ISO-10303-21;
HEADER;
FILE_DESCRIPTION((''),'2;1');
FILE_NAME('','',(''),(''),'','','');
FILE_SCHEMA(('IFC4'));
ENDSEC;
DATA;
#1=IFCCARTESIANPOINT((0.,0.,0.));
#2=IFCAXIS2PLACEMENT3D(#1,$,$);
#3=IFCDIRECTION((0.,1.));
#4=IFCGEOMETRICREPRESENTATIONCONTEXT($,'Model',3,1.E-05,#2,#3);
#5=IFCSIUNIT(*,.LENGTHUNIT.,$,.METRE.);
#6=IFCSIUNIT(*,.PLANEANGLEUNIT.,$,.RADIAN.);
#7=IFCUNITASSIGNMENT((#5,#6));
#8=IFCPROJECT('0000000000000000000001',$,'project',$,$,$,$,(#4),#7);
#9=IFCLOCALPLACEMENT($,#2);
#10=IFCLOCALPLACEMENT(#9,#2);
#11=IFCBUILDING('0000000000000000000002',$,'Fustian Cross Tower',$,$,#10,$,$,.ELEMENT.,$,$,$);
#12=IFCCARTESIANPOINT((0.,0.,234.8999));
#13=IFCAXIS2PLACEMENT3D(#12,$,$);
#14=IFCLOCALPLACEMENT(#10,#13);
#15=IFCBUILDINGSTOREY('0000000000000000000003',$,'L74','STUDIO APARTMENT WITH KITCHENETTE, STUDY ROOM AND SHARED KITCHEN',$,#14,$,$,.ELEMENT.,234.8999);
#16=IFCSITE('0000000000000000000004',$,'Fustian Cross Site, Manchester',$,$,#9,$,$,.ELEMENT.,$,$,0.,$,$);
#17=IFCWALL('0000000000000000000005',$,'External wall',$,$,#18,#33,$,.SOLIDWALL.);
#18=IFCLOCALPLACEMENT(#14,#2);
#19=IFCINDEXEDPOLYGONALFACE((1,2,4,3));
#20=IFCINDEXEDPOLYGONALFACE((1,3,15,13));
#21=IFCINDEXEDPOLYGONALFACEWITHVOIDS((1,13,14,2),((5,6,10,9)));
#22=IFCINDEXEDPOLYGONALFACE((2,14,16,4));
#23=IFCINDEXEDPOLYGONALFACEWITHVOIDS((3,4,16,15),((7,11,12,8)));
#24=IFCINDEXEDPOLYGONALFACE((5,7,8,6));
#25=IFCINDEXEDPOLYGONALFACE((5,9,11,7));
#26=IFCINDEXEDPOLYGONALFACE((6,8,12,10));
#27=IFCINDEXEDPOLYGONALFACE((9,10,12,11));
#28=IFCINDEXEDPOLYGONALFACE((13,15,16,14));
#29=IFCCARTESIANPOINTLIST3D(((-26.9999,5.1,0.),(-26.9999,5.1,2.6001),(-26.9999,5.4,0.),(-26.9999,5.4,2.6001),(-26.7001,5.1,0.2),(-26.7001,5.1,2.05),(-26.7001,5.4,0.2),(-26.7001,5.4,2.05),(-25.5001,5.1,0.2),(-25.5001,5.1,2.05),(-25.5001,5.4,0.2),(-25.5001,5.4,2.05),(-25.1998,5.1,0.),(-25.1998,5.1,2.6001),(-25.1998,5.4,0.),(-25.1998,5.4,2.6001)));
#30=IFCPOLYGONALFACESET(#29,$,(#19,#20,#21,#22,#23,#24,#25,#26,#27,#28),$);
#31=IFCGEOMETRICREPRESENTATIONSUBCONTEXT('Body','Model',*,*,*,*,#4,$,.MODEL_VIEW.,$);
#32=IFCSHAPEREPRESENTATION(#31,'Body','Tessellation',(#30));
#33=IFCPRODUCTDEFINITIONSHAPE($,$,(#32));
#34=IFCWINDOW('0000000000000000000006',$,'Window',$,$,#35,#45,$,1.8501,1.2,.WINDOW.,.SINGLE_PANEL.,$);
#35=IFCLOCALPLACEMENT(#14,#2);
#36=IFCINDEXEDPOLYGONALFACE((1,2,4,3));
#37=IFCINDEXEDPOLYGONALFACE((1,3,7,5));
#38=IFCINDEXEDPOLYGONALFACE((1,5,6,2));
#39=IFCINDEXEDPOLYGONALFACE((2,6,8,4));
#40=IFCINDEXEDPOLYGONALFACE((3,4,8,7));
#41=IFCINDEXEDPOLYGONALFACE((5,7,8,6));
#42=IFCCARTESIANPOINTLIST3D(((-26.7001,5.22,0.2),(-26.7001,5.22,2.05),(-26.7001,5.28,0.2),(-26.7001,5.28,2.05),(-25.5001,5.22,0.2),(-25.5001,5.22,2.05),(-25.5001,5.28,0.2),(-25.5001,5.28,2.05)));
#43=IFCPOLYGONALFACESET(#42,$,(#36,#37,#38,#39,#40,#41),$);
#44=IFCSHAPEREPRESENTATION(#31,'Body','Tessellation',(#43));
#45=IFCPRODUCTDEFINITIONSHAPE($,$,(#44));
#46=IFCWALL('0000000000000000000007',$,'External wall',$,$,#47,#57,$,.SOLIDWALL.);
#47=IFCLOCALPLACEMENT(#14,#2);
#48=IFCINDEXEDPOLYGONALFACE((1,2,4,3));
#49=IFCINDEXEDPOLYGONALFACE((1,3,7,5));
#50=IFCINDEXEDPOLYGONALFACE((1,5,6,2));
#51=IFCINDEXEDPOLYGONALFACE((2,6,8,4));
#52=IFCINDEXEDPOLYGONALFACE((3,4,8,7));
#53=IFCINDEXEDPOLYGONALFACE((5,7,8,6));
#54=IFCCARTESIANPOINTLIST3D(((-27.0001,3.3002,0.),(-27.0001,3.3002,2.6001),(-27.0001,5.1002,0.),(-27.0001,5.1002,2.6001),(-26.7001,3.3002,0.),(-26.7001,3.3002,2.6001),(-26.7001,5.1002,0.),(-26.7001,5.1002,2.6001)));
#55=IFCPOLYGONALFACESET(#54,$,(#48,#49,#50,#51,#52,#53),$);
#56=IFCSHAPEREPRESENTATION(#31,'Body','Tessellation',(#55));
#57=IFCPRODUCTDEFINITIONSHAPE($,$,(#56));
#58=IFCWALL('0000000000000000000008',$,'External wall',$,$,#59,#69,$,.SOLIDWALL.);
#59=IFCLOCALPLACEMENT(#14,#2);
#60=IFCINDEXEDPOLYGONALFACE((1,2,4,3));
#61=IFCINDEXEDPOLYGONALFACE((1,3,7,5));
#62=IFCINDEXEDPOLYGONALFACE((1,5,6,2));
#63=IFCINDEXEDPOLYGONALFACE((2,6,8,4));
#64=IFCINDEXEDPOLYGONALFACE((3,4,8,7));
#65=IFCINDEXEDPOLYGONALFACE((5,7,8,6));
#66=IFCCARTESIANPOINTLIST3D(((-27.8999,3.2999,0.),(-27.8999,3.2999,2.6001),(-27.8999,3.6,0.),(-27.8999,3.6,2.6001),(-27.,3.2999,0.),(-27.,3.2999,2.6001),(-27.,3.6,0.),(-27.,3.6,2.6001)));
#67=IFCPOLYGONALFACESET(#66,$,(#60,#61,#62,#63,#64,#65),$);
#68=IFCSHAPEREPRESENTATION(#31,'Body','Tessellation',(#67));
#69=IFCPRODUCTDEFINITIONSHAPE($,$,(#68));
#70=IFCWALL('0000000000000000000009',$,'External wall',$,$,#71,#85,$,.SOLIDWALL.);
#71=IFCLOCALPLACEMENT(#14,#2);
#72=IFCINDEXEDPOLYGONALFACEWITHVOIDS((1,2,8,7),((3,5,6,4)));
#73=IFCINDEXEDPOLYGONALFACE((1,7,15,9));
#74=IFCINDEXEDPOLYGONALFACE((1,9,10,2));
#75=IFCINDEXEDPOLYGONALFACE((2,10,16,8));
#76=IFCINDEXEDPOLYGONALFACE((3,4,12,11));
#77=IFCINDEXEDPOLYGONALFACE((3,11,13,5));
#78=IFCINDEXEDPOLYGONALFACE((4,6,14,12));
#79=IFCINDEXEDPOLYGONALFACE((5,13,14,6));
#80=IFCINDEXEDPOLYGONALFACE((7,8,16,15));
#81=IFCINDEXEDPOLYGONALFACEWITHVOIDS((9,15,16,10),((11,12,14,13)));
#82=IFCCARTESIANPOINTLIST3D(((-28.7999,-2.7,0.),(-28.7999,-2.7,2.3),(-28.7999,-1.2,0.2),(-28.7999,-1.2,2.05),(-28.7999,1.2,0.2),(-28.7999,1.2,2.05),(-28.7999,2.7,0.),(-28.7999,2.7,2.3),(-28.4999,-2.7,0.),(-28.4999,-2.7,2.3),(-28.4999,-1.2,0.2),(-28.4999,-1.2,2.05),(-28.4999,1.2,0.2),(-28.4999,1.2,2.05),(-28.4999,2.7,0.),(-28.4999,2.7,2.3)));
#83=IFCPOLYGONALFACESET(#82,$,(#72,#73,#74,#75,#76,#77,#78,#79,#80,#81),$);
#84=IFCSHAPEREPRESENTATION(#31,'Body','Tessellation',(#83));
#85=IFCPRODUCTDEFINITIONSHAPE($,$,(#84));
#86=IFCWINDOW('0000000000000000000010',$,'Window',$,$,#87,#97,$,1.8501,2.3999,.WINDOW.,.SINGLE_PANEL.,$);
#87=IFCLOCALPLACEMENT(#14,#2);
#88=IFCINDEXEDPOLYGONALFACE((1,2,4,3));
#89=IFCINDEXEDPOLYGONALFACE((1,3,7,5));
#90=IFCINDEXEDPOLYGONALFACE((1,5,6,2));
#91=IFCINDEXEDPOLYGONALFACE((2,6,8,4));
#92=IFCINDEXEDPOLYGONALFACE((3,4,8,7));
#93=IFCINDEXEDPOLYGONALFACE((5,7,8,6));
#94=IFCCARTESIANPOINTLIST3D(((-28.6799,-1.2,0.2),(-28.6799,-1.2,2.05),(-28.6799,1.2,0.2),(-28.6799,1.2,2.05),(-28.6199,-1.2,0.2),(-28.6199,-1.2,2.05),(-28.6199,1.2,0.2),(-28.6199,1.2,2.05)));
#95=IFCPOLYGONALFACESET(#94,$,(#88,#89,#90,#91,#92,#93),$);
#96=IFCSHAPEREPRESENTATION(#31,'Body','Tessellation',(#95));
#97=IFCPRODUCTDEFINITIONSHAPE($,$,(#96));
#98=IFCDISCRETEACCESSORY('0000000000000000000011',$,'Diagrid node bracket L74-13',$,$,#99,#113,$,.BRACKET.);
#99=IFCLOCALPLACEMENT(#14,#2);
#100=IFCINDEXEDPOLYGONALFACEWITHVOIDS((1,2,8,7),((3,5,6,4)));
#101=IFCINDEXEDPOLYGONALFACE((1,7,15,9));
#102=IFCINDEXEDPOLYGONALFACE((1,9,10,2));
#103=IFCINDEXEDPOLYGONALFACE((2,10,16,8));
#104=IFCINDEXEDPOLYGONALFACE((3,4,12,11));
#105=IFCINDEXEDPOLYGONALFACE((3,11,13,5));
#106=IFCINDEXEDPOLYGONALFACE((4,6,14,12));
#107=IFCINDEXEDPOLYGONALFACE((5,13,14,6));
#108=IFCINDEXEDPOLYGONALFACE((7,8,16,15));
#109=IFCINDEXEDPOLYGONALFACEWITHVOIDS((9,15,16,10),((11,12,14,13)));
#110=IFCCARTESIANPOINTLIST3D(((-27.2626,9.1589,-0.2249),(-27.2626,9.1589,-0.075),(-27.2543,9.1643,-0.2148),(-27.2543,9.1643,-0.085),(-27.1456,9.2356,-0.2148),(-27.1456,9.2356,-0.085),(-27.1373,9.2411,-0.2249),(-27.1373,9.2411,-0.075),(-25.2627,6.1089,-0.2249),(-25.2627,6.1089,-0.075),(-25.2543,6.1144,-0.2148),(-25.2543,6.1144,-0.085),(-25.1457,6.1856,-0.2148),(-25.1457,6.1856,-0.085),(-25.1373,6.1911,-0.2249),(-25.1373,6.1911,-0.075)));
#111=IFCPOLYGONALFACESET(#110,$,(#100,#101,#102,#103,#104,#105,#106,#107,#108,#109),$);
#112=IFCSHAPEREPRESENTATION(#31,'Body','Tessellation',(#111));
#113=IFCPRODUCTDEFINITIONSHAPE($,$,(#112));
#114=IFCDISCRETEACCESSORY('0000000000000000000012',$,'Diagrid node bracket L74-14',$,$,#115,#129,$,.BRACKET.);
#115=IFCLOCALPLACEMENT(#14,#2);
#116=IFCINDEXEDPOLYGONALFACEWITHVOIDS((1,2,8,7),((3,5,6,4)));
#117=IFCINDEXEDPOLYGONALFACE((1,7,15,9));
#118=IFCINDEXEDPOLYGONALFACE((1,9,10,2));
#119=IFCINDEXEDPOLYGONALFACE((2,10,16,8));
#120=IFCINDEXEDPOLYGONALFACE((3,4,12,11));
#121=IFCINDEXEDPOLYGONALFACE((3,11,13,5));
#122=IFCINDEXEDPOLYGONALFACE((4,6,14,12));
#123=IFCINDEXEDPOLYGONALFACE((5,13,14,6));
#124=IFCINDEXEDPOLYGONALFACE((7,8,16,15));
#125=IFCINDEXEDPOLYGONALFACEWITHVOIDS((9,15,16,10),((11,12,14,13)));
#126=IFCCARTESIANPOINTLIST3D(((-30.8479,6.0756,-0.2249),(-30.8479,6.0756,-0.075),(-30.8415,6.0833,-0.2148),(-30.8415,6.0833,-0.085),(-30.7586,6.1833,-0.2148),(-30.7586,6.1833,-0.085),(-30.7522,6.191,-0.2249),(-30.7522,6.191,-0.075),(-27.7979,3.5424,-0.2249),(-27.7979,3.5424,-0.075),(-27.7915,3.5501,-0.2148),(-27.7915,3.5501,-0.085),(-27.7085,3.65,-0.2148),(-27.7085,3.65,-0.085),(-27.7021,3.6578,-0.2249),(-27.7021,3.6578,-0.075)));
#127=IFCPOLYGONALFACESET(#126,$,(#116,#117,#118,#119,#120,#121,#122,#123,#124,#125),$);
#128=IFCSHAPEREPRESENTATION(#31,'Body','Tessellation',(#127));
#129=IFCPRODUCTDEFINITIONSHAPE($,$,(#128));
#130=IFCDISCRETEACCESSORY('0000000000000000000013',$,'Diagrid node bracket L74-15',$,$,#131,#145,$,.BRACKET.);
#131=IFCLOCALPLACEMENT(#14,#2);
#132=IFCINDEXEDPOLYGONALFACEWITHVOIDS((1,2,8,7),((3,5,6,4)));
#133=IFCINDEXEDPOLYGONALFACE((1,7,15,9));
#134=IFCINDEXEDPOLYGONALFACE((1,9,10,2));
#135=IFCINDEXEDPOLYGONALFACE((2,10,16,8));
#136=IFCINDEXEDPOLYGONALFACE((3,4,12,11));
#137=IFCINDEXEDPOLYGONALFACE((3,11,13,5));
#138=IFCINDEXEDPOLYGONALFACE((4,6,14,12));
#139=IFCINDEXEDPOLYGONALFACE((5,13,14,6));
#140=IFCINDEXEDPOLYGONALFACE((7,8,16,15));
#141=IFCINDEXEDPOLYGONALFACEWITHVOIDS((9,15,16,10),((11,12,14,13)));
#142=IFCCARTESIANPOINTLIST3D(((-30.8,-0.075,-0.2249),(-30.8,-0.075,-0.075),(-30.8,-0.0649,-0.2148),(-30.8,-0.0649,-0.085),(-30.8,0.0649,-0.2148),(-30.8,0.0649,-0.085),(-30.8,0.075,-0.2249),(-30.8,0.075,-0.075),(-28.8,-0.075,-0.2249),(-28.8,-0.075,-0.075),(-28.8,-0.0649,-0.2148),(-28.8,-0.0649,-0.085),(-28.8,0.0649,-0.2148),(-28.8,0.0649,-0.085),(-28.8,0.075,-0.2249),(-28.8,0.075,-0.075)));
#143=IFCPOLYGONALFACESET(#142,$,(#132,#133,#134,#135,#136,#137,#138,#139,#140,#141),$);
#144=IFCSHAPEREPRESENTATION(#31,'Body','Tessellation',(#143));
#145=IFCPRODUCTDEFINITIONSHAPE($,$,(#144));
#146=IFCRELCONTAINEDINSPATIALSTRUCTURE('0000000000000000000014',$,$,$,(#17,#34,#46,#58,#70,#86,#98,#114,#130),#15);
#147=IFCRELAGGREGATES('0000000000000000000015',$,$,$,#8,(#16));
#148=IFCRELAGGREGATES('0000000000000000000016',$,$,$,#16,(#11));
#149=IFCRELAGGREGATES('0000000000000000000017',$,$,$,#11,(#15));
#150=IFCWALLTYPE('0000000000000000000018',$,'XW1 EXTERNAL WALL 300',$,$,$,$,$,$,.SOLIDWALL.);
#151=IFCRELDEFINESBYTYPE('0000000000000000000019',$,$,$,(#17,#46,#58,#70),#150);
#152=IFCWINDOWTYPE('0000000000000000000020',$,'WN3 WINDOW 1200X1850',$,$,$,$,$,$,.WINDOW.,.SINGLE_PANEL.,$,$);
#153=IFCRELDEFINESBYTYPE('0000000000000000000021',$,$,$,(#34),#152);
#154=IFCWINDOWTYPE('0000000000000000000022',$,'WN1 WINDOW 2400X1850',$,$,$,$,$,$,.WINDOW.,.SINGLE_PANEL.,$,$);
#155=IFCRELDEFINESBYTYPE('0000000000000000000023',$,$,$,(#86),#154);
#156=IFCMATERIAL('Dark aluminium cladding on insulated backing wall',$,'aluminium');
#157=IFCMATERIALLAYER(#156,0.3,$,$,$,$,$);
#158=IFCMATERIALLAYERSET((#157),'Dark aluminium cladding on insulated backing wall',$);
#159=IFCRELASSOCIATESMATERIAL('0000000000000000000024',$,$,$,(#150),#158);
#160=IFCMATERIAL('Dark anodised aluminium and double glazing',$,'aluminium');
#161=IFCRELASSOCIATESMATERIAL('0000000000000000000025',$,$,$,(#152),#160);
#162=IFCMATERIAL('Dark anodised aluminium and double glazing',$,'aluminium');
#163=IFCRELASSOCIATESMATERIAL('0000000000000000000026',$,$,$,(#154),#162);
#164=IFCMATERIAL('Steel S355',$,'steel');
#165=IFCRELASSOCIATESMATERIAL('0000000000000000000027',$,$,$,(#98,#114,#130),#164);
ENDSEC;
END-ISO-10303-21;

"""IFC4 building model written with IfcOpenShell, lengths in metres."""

from ifc_helpers import new_model, si_unit, direction, frame, frame_2d, origin, origin_2d, place, context, subcontext, project, spatial, rectangle, hollow_rectangle, extrude, material, layer, layer_set, type_object, element, fill, save


model = new_model("IFC4")

# Units and contexts
model_context = context("Model", 3, precision=1e-05, world=origin(), true_north=direction((0.0, 1.0)))
body_context = subcontext(model_context, "Body", "Model", "MODEL_VIEW")
ifc_project = project(units=[si_unit("LENGTHUNIT", "METRE"), si_unit("PLANEANGLEUNIT", "RADIAN")], contexts=[model_context])

# Site, building, storey
site_placement = place(None, origin())
site = spatial("IfcSite", under=ifc_project, at=site_placement, Name="Fustian Cross Site, Manchester", CompositionType="ELEMENT", RefElevation=0.0)
building_placement = place(site_placement, origin())
building = spatial("IfcBuilding", under=site, at=building_placement, Name="Fustian Cross Tower", CompositionType="ELEMENT")
storey_placement = place(building_placement, frame((0.0, 0.0, 234.8999)))
storey = spatial("IfcBuildingStorey", under=building, at=storey_placement, Name="L74", Description="STUDIO APARTMENT WITH KITCHENETTE, STUDY ROOM AND SHARED KITCHEN", CompositionType="ELEMENT", Elevation=234.8999)

# Shared definitions
ifc_material_1 = material(Name="Dark aluminium cladding on insulated backing wall", Category="aluminium")
ifc_layer_1 = layer(ifc_material_1, 0.3)
ifc_layer_set_1 = layer_set([ifc_layer_1], Name="Dark aluminium cladding on insulated backing wall")
wall_type_1 = type_object("IfcWallType", Name="XW1 EXTERNAL WALL 300", PredefinedType="SOLIDWALL", material=ifc_layer_set_1)

# Wall, opening, window
wall_1_placement = place(storey_placement, frame((-25.2, 5.25, 0.0), z_axis=(0.0, 0.0, 1.0), x_axis=(-1.0, 0.0, 0.0)))
wall_1 = element("IfcWall", 1, at=wall_1_placement, inside=storey, type_object=wall_type_1, Name="External wall", PredefinedType="SOLIDWALL", context=body_context, shape_type="SweptSolid", body=[
    extrude(rectangle(XDim=1.8, YDim=0.3, at=frame_2d((0.8999, 0.0))), origin(), (0.0, 0.0, 1.0), 2.6001),
])
opening_1_placement = place(wall_1_placement, frame((0.3, 0.0, 0.2)))
opening_1 = element("IfcOpeningElement", 2, at=opening_1_placement, cuts=wall_1, PredefinedType="OPENING", context=body_context, shape_type="SweptSolid", body=[
    extrude(rectangle(XDim=1.2, YDim=1.8501, at=frame_2d((0.6001, 0.925))), frame((0.0, 0.1599, 0.0), z_axis=(0.0, -1.0, 0.0), x_axis=(1.0, 0.0, 0.0)), (0.0, 0.0, 1.0), 0.3201),
])
ifc_material_2 = material(Name="Dark anodised aluminium and double glazing", Category="aluminium")
window_type_1 = type_object("IfcWindowType", Name="WN3 WINDOW 1200X1850", PartitioningType="SINGLE_PANEL", PredefinedType="WINDOW", material=ifc_material_2)
window_1_placement = place(opening_1_placement, origin())
window_1 = element("IfcWindow", 3, at=window_1_placement, inside=storey, type_object=window_type_1, Name="Window", OverallHeight=1.8501, OverallWidth=1.2, PartitioningType="SINGLE_PANEL", PredefinedType="WINDOW", context=body_context, shape_type="SweptSolid", body=[
    extrude(rectangle(XDim=1.2, YDim=1.8501, at=frame_2d((0.6001, 0.925))), frame((0.0, 0.03, 0.0), z_axis=(0.0, -1.0, 0.0), x_axis=(1.0, 0.0, 0.0)), (0.0, 0.0, 1.0), 0.0601),
])
fill(opening_1, window_1)

# Walls
wall_2_placement = place(storey_placement, frame((-26.8501, 5.1001, 0.0), z_axis=(0.0, 0.0, 1.0), x_axis=(0.0, -1.0, 0.0)))
element("IfcWall", 4, at=wall_2_placement, inside=storey, type_object=wall_type_1, Name="External wall", PredefinedType="SOLIDWALL", context=body_context, shape_type="SweptSolid", body=[
    extrude(rectangle(XDim=1.8, YDim=0.3, at=frame_2d((0.8999, 0.0))), origin(), (0.0, 0.0, 1.0), 2.6001),
])
wall_3_placement = place(storey_placement, frame((-27.0, 3.45, 0.0), z_axis=(0.0, 0.0, 1.0), x_axis=(-1.0, 0.0, 0.0)))
element("IfcWall", 5, at=wall_3_placement, inside=storey, type_object=wall_type_1, Name="External wall", PredefinedType="SOLIDWALL", context=body_context, shape_type="SweptSolid", body=[
    extrude(rectangle(XDim=0.8999, YDim=0.3, at=frame_2d((0.45, 0.0))), origin(), (0.0, 0.0, 1.0), 2.6001),
])

# Wall, opening, window
wall_4_placement = place(storey_placement, frame((-28.6499, 2.7, 0.0), z_axis=(0.0, 0.0, 1.0), x_axis=(0.0, -1.0, 0.0)))
wall_4 = element("IfcWall", 6, at=wall_4_placement, inside=storey, type_object=wall_type_1, Name="External wall", PredefinedType="SOLIDWALL", context=body_context, shape_type="SweptSolid", body=[
    extrude(rectangle(XDim=5.3999, YDim=0.3, at=frame_2d((2.7, 0.0))), origin(), (0.0, 0.0, 1.0), 2.3),
])
opening_2_placement = place(wall_4_placement, frame((1.5, 0.0, 0.2)))
opening_2 = element("IfcOpeningElement", 7, at=opening_2_placement, cuts=wall_4, PredefinedType="OPENING", context=body_context, shape_type="SweptSolid", body=[
    extrude(rectangle(XDim=2.3999, YDim=1.8501, at=frame_2d((1.2, 0.925))), frame((0.0, 0.1599, 0.0), z_axis=(0.0, -1.0, 0.0), x_axis=(1.0, 0.0, 0.0)), (0.0, 0.0, 1.0), 0.3201),
])
ifc_material_3 = material(Name="Dark anodised aluminium and double glazing", Category="aluminium")
window_type_2 = type_object("IfcWindowType", Name="WN1 WINDOW 2400X1850", PartitioningType="SINGLE_PANEL", PredefinedType="WINDOW", material=ifc_material_3)
window_2_placement = place(opening_2_placement, origin())
window_2 = element("IfcWindow", 8, at=window_2_placement, inside=storey, type_object=window_type_2, Name="Window", OverallHeight=1.8501, OverallWidth=2.3999, PartitioningType="SINGLE_PANEL", PredefinedType="WINDOW", context=body_context, shape_type="SweptSolid", body=[
    extrude(rectangle(XDim=2.3999, YDim=1.8501, at=frame_2d((1.2, 0.925))), frame((0.0, 0.03, 0.0), z_axis=(0.0, -1.0, 0.0), x_axis=(1.0, 0.0, 0.0)), (0.0, 0.0, 1.0), 0.0601),
])
fill(opening_2, window_2)

# Discrete accessories
ifc_material_4 = material(Name="Steel S355", Category="steel")
discrete_accessory_1_placement = place(storey_placement, frame((-27.2, 9.2, -0.1499), z_axis=(0.548351, -0.836248, 0.0), x_axis=(0.836248, 0.548351, 0.0)))
element("IfcDiscreteAccessory", 9, at=discrete_accessory_1_placement, inside=storey, material=ifc_material_4, Name="Diagrid node bracket L74-13", PredefinedType="BRACKET", context=body_context, shape_type="SweptSolid", body=[
    extrude(hollow_rectangle(XDim=0.1499, YDim=0.1499, WallThickness=0.01, at=origin_2d()), origin(), (0.0, 0.0, 1.0), 3.6472),
])
discrete_accessory_2_placement = place(storey_placement, frame((-30.8, 6.1333, -0.1499), z_axis=(0.769275, -0.638918, 0.0), x_axis=(0.638918, 0.769275, 0.0)))
element("IfcDiscreteAccessory", 10, at=discrete_accessory_2_placement, inside=storey, material=ifc_material_4, Name="Diagrid node bracket L74-14", PredefinedType="BRACKET", context=body_context, shape_type="SweptSolid", body=[
    extrude(hollow_rectangle(XDim=0.1499, YDim=0.1499, WallThickness=0.01, at=origin_2d()), origin(), (0.0, 0.0, 1.0), 3.9648),
])
discrete_accessory_3_placement = place(storey_placement, frame((-30.8, 0.0, -0.1499), z_axis=(1.0, 0.0, 0.0), x_axis=(0.0, 1.0, 0.0)))
element("IfcDiscreteAccessory", 11, at=discrete_accessory_3_placement, inside=storey, material=ifc_material_4, Name="Diagrid node bracket L74-15", PredefinedType="BRACKET", context=body_context, shape_type="SweptSolid", body=[
    extrude(hollow_rectangle(XDim=0.1499, YDim=0.1499, WallThickness=0.01, at=origin_2d()), origin(), (0.0, 0.0, 1.0), 2.0),
])

save(model, "model.ifc")
